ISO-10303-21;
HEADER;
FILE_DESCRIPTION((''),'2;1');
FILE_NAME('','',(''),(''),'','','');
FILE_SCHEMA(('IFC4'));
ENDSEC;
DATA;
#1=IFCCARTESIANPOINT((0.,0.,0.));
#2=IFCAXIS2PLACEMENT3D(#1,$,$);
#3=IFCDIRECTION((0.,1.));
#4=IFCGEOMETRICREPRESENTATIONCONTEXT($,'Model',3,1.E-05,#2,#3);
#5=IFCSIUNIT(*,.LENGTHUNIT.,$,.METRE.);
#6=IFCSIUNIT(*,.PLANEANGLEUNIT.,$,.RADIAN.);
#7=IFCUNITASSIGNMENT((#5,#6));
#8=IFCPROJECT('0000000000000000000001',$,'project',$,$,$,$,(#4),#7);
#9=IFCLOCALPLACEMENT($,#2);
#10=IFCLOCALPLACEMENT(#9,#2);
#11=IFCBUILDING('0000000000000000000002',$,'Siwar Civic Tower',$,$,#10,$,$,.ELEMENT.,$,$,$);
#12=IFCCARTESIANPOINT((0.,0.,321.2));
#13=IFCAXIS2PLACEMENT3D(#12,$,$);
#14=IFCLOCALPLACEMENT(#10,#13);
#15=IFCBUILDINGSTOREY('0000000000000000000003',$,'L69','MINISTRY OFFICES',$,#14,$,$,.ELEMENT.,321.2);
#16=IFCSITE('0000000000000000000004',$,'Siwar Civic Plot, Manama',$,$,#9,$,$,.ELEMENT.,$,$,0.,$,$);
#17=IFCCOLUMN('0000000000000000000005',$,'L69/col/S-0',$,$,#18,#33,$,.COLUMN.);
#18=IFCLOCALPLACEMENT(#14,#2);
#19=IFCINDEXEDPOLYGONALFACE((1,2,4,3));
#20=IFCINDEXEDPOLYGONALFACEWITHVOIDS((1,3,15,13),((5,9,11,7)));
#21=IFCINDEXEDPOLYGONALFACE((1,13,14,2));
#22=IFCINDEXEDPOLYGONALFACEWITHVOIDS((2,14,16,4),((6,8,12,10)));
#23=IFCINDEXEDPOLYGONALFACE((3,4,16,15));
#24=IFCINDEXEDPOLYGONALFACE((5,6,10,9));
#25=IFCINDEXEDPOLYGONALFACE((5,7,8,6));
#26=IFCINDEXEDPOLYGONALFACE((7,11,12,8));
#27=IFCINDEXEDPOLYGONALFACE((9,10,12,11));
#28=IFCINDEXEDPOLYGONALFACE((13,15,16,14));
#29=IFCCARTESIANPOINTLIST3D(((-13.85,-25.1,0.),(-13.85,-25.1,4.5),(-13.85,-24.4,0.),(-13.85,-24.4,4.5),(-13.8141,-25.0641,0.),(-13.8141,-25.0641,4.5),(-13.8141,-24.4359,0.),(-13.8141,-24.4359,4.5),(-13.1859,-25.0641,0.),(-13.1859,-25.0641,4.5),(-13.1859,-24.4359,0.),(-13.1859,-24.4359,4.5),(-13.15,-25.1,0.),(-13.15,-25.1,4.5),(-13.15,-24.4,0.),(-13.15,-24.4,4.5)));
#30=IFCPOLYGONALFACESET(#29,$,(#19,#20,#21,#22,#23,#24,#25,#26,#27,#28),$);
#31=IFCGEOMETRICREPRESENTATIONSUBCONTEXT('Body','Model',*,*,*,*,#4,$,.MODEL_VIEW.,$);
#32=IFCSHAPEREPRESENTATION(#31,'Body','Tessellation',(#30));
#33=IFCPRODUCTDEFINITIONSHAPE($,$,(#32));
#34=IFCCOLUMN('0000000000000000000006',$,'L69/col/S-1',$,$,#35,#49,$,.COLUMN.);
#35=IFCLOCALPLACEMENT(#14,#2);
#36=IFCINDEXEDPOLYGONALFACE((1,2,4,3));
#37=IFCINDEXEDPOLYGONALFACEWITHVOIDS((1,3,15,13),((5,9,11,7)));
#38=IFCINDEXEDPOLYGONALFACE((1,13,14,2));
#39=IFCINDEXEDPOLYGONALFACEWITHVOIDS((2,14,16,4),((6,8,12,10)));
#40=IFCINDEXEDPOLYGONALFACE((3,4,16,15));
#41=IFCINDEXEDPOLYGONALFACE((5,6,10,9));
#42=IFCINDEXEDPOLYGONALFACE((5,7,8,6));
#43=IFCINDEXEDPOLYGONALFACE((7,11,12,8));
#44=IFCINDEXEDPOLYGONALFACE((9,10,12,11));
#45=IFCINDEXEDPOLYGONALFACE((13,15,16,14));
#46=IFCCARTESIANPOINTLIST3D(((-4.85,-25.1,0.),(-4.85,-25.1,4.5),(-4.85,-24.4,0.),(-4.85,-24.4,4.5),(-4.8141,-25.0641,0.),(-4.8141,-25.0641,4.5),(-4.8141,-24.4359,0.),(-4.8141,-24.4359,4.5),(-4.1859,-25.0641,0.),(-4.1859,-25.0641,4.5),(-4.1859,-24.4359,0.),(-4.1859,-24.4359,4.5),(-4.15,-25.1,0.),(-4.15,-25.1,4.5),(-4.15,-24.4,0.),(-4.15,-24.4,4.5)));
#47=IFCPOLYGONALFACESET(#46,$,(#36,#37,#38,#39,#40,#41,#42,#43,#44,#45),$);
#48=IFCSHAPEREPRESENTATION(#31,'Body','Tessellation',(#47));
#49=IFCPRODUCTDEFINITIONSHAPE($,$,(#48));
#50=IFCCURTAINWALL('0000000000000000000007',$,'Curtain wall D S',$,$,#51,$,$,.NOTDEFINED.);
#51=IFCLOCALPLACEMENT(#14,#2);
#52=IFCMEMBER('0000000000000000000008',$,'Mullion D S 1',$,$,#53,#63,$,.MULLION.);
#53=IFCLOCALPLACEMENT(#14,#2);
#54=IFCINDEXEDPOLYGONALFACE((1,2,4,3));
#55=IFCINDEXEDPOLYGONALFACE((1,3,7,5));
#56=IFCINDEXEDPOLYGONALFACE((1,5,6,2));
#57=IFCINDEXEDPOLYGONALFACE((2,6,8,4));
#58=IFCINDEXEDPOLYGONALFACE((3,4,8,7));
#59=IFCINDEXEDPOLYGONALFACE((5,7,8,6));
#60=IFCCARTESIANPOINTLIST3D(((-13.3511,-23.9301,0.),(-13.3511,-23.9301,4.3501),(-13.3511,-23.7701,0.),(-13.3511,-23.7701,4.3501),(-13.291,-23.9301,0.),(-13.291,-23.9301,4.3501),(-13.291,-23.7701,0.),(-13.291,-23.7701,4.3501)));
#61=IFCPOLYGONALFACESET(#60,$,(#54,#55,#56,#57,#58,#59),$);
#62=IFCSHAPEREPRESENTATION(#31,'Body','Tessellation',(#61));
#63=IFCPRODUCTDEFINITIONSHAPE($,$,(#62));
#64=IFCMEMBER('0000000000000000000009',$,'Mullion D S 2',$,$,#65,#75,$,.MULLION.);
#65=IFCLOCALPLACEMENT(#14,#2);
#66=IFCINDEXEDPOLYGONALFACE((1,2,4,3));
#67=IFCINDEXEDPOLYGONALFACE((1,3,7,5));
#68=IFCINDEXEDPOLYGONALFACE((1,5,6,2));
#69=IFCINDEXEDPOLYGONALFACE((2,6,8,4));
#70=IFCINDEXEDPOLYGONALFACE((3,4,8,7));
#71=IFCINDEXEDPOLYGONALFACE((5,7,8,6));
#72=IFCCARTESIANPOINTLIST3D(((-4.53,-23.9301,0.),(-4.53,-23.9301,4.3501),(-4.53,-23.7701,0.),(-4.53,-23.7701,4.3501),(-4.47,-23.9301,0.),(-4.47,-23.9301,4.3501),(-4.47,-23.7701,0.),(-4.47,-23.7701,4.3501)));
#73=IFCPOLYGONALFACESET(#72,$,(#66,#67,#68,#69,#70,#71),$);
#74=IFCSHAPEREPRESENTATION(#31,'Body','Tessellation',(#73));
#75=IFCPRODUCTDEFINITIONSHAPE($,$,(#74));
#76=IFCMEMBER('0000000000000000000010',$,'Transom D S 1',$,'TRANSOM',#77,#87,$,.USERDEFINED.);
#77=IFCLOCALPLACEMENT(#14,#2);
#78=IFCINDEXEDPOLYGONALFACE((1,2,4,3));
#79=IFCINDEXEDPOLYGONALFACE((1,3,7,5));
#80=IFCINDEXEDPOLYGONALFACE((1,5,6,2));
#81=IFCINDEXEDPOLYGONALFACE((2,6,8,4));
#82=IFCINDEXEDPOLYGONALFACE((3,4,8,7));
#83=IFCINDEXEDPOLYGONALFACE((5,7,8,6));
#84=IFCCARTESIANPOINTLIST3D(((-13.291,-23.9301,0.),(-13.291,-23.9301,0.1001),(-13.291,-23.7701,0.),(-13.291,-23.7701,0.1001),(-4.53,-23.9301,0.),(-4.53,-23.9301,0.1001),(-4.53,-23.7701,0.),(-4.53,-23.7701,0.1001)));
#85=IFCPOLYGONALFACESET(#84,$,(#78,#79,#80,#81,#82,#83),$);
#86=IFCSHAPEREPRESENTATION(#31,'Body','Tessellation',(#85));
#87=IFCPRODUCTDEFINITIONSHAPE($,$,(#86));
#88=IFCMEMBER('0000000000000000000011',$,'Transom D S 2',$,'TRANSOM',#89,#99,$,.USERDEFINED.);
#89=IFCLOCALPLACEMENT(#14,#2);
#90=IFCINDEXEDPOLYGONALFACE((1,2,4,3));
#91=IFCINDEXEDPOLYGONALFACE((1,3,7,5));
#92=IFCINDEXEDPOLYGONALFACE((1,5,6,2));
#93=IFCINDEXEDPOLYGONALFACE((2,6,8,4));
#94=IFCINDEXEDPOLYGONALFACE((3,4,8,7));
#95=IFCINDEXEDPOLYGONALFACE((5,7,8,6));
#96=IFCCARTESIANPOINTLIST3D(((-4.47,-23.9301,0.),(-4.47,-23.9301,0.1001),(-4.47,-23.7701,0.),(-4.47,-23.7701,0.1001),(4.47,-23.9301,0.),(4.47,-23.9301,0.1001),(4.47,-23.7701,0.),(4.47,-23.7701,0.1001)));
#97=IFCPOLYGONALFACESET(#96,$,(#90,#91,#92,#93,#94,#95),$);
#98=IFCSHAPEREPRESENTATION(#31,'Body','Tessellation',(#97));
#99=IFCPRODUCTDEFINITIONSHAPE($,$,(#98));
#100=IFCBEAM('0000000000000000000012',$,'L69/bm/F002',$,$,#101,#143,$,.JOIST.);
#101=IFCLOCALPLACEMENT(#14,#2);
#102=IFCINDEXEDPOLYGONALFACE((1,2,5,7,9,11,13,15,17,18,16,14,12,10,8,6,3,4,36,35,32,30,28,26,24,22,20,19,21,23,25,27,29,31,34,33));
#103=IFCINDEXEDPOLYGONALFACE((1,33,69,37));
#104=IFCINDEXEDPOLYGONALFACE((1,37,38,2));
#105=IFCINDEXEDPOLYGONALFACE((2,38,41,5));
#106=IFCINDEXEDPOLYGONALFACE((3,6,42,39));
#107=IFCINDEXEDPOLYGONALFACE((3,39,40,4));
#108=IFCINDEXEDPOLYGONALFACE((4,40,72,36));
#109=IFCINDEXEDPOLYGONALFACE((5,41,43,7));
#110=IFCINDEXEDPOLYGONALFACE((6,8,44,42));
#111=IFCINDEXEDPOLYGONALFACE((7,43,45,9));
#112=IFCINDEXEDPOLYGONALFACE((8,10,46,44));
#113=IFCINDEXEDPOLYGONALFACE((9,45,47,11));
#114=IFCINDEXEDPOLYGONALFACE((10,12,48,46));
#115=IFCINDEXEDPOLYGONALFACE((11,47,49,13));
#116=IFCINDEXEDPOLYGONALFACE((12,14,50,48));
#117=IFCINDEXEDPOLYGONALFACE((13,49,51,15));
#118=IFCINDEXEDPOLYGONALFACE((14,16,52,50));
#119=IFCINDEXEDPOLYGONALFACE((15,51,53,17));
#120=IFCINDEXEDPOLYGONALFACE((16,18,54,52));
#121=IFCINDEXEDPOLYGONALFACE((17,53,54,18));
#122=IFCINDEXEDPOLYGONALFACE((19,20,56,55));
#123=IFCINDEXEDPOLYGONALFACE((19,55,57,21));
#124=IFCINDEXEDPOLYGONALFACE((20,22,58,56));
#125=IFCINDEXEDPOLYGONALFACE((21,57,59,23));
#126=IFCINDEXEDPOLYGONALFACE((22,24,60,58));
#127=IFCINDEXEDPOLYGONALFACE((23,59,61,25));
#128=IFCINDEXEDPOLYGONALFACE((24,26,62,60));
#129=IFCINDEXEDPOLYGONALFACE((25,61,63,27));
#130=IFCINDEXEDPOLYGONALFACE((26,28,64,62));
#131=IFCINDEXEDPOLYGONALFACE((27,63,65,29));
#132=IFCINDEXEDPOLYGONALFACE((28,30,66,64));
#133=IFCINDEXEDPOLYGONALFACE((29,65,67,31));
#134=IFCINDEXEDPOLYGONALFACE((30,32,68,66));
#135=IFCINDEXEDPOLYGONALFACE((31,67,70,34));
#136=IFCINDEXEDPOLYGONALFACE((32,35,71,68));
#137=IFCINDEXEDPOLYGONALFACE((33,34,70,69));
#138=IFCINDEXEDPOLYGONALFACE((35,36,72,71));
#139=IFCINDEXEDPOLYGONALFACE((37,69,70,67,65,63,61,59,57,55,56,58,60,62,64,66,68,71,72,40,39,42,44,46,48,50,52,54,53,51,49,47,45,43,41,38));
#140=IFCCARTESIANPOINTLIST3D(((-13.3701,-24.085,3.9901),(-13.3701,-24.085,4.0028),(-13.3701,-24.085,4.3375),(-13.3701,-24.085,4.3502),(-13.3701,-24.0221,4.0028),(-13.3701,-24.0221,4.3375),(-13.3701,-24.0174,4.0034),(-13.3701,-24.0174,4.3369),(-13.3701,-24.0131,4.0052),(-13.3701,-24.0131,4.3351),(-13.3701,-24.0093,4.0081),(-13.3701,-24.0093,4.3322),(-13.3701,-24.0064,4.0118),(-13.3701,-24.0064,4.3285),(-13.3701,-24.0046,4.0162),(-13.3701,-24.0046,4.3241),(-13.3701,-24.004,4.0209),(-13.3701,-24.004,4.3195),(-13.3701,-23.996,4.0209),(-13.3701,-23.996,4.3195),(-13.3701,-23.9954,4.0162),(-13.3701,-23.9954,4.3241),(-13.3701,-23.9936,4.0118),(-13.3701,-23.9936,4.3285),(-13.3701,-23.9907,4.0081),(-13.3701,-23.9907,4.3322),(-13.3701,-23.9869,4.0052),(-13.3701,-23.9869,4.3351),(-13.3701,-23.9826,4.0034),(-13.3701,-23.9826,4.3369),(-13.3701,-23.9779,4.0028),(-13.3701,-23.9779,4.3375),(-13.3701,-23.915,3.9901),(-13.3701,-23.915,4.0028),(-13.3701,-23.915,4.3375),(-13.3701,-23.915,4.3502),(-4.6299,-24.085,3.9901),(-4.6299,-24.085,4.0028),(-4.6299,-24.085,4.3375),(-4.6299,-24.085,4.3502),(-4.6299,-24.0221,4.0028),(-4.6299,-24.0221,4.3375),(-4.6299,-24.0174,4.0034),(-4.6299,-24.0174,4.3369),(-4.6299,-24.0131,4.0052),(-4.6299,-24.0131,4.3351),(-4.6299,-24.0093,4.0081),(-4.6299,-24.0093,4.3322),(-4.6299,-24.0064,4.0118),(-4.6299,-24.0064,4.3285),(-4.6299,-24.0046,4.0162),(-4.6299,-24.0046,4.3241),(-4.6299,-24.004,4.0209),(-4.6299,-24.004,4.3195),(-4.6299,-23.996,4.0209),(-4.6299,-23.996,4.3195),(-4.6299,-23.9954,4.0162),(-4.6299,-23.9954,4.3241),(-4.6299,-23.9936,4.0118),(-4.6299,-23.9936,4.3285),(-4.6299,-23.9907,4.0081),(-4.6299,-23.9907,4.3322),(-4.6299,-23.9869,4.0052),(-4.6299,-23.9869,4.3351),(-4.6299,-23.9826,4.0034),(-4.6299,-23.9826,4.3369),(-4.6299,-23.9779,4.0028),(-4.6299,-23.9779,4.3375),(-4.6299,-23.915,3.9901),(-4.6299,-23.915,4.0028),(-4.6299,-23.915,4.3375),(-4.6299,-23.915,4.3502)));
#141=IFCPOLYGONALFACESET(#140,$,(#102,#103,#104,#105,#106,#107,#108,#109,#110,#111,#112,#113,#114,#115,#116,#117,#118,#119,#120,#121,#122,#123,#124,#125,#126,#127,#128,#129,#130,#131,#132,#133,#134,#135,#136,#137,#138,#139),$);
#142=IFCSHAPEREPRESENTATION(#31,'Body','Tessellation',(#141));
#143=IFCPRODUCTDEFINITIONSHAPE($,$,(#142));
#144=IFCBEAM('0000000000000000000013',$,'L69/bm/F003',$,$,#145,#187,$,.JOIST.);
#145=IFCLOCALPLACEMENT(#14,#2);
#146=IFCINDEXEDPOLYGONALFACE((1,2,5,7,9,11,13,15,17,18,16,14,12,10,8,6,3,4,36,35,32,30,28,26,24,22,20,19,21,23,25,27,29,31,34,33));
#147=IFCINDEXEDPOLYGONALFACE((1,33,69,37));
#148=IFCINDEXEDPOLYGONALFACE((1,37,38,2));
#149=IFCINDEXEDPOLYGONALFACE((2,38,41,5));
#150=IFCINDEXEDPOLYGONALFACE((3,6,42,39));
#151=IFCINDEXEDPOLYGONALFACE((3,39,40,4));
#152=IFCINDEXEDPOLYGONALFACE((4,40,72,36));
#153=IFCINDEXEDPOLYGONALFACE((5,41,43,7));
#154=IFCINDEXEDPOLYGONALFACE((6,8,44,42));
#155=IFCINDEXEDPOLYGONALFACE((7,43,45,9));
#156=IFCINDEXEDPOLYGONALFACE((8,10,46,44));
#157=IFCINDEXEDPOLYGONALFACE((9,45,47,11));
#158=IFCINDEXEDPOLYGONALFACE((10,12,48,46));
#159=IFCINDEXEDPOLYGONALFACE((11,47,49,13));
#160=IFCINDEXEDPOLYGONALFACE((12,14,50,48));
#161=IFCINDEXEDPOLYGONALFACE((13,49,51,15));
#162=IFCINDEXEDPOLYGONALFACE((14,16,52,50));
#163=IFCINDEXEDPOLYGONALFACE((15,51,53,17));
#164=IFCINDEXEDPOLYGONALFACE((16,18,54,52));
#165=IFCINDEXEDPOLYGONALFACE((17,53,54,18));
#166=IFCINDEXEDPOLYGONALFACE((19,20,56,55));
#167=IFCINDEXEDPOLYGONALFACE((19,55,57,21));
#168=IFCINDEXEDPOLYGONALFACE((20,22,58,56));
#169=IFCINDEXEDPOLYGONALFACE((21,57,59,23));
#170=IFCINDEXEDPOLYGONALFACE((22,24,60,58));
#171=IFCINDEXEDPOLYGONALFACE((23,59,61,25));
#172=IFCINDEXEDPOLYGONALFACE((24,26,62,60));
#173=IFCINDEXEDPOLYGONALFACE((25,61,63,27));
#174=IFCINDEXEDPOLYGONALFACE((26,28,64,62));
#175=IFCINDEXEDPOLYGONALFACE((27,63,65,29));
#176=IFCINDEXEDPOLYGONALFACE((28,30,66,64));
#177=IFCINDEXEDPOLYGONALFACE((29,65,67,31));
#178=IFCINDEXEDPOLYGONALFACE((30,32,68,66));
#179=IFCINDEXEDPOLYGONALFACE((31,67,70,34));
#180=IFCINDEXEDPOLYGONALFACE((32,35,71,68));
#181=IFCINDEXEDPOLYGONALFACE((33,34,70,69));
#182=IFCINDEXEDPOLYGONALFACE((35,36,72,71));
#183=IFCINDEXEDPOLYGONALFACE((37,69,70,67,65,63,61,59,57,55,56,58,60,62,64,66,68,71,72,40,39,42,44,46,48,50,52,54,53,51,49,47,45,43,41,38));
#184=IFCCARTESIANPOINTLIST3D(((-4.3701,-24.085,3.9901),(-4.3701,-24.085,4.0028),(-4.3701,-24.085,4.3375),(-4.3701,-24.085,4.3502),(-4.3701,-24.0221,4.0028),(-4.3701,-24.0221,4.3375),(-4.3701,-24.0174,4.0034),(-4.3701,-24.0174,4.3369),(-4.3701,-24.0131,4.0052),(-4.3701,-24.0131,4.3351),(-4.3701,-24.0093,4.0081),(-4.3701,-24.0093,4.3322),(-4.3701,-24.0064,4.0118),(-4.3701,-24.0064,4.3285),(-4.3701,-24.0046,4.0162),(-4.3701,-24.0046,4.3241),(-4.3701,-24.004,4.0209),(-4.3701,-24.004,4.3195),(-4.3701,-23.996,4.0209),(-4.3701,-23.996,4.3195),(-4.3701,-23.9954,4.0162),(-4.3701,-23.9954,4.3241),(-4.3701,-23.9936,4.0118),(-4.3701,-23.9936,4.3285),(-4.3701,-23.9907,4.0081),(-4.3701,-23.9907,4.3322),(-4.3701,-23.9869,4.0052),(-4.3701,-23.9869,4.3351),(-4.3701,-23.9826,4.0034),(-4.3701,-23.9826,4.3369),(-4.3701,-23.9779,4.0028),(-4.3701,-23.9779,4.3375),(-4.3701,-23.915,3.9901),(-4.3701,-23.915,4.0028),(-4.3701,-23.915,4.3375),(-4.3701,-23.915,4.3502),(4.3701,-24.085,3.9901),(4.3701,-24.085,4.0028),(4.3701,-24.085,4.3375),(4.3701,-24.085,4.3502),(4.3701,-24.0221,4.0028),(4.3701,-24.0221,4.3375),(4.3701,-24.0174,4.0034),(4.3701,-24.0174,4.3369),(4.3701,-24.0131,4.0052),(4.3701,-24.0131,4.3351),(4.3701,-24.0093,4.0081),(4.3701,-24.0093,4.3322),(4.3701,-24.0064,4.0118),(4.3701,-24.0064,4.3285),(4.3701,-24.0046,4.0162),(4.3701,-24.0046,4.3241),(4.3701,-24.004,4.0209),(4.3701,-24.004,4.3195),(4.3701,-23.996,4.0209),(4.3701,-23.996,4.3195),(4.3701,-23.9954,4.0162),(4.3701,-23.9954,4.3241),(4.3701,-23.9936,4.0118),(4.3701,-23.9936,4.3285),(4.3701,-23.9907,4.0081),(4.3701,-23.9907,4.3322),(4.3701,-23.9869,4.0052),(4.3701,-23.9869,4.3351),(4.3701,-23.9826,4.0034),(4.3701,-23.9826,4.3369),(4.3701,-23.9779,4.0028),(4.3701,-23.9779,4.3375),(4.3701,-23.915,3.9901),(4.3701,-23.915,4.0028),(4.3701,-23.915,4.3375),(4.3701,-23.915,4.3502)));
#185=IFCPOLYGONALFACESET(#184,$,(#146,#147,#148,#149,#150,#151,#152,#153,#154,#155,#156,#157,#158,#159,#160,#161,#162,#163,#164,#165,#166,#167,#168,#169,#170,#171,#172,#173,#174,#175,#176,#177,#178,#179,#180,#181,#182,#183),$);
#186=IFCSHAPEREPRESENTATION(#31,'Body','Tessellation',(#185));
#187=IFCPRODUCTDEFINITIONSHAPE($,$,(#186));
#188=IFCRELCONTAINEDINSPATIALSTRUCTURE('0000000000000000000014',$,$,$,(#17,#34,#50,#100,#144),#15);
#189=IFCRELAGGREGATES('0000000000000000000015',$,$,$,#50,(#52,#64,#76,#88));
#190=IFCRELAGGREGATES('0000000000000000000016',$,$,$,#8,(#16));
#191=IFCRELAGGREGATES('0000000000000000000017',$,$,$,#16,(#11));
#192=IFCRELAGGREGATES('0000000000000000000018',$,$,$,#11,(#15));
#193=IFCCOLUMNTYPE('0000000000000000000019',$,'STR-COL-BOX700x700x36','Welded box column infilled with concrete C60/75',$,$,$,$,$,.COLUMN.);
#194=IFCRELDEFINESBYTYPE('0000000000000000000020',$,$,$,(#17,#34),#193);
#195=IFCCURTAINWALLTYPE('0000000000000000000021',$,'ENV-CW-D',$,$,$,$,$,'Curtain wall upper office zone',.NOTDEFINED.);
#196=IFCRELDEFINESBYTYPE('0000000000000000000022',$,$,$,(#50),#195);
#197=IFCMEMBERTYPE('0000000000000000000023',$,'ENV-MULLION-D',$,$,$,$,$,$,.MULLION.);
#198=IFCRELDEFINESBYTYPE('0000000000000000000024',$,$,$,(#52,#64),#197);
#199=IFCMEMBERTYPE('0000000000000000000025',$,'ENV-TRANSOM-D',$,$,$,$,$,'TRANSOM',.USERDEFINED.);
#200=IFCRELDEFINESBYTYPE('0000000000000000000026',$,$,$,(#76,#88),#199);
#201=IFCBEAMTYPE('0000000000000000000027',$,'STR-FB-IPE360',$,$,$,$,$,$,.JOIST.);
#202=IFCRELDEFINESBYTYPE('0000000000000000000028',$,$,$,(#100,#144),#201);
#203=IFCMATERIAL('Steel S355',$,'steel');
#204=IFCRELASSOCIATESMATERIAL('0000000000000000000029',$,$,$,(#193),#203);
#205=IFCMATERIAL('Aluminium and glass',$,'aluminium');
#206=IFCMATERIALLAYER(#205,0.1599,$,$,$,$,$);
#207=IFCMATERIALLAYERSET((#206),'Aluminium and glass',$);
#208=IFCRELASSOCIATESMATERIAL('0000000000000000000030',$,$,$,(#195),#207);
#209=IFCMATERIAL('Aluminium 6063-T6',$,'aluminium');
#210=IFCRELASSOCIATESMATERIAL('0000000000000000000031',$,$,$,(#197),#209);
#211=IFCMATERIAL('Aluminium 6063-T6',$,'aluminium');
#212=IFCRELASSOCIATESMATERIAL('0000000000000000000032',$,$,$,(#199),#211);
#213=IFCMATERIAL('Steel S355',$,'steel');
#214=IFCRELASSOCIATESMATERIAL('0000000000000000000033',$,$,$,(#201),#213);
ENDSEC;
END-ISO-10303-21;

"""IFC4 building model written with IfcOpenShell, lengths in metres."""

from ifc_helpers import new_model, si_unit, direction, frame, origin, origin_2d, place, context, subcontext, project, spatial, rectangle, hollow_rectangle, i_section, extrude, material, layer, layer_set, material_profile, profile_set, type_object, element, aggregate, save


model = new_model("IFC4")

# Units and contexts
model_context = context("Model", 3, precision=1e-05, world=origin(), true_north=direction((0.0, 1.0)))
body_context = subcontext(model_context, "Body", "Model", "MODEL_VIEW")
ifc_project = project(units=[si_unit("LENGTHUNIT", "METRE"), si_unit("PLANEANGLEUNIT", "RADIAN")], contexts=[model_context])

# Site, building, storey
site_placement = place(None, origin())
site = spatial("IfcSite", under=ifc_project, at=site_placement, Name="Siwar Civic Plot, Manama", CompositionType="ELEMENT", RefElevation=0.0)
building_placement = place(site_placement, origin())
building = spatial("IfcBuilding", under=site, at=building_placement, Name="Siwar Civic Tower", CompositionType="ELEMENT")
storey_placement = place(building_placement, frame((0.0, 0.0, 321.2)))
storey = spatial("IfcBuildingStorey", under=building, at=storey_placement, Name="L69", Description="MINISTRY OFFICES", CompositionType="ELEMENT", Elevation=321.2)

# Columns
ifc_material_1 = material(Name="Steel S355", Category="steel")
ifc_material_profile_1 = material_profile(ifc_material_1, hollow_rectangle(XDim=0.7, YDim=0.7, WallThickness=0.0359, at=origin_2d()), Name="BOX700x700x36")
ifc_profile_set_1 = profile_set([ifc_material_profile_1], Name="Steel S355")
column_type = type_object("IfcColumnType", Name="STR-COL-BOX700x700x36", Description="Welded box column infilled with concrete C60/75", PredefinedType="COLUMN", material=ifc_profile_set_1)
for number, where, z_axis, x_axis, name in (
    (1, (-13.5, -24.75, 0.0), (0.0, 0.0, 1.0), (1.0, 0.0, 0.0), "L69/col/S-0"),
    (2, (-4.5, -24.75, 0.0), (0.0, 0.0, 1.0), (1.0, 0.0, 0.0), "L69/col/S-1"),
):
    element("IfcColumn", number, at=place(storey_placement, frame(where, z_axis=z_axis, x_axis=x_axis)), inside=storey, type_object=column_type, Name=name, PredefinedType="COLUMN", context=body_context, shape_type="SweptSolid", body=[
        extrude(hollow_rectangle(XDim=0.7, YDim=0.7, WallThickness=0.0359, at=origin_2d()), origin(), (0.0, 0.0, 1.0), 4.5),
    ])

# Curtain wall, members
ifc_material_2 = material(Name="Aluminium and glass", Category="aluminium")
ifc_layer_1 = layer(ifc_material_2, 0.1599)
ifc_layer_set_1 = layer_set([ifc_layer_1], Name="Aluminium and glass")
curtain_wall_type = type_object("IfcCurtainWallType", Name="ENV-CW-D", ElementType="Curtain wall upper office zone", PredefinedType="NOTDEFINED", material=ifc_layer_set_1)
curtain_wall_placement = place(storey_placement, origin())
curtain_wall = element("IfcCurtainWall", 3, at=curtain_wall_placement, inside=storey, type_object=curtain_wall_type, Name="Curtain wall D S", PredefinedType="NOTDEFINED")
ifc_material_3 = material(Name="Aluminium 6063-T6", Category="aluminium")
ifc_material_profile_2 = material_profile(ifc_material_3, rectangle(XDim=0.1599, YDim=0.0601, at=origin_2d()), Name="AL 160x60")
ifc_profile_set_2 = profile_set([ifc_material_profile_2], Name="Aluminium 6063-T6")
member_type_1 = type_object("IfcMemberType", Name="ENV-MULLION-D", PredefinedType="MULLION", material=ifc_profile_set_2)
member_1_placement = place(storey_placement, frame((-13.321, -23.8501, 0.0), z_axis=(0.0, 0.0, 1.0), x_axis=(0.0, 1.0, 0.0)))
member_1 = element("IfcMember", 4, at=member_1_placement, type_object=member_type_1, Name="Mullion D S 1", PredefinedType="MULLION", context=body_context, shape_type="SweptSolid", body=[
    extrude(rectangle(XDim=0.1599, YDim=0.0601, at=origin_2d()), origin(), (0.0, 0.0, 1.0), 4.3501),
])
member_2_placement = place(storey_placement, frame((-4.5, -23.8501, 0.0), z_axis=(0.0, 0.0, 1.0), x_axis=(0.0, 1.0, 0.0)))
member_2 = element("IfcMember", 5, at=member_2_placement, type_object=member_type_1, Name="Mullion D S 2", PredefinedType="MULLION", context=body_context, shape_type="SweptSolid", body=[
    extrude(rectangle(XDim=0.1599, YDim=0.0601, at=origin_2d()), origin(), (0.0, 0.0, 1.0), 4.3501),
])
ifc_material_4 = material(Name="Aluminium 6063-T6", Category="aluminium")
ifc_material_profile_3 = material_profile(ifc_material_4, rectangle(XDim=0.1599, YDim=0.1001, at=origin_2d()), Name="AL 160x100")
ifc_profile_set_3 = profile_set([ifc_material_profile_3], Name="Aluminium 6063-T6")
member_type_2 = type_object("IfcMemberType", Name="ENV-TRANSOM-D", ElementType="TRANSOM", PredefinedType="USERDEFINED", material=ifc_profile_set_3)
member_3_placement = place(storey_placement, frame((-13.291, -23.8501, 0.05), z_axis=(1.0, 0.0, 0.0), x_axis=(0.0, 1.0, 0.0)))
member_3 = element("IfcMember", 6, at=member_3_placement, type_object=member_type_2, Name="Transom D S 1", ObjectType="TRANSOM", PredefinedType="USERDEFINED", context=body_context, shape_type="SweptSolid", body=[
    extrude(rectangle(XDim=0.1599, YDim=0.1001, at=origin_2d()), origin(), (0.0, 0.0, 1.0), 8.761),
])
member_4_placement = place(storey_placement, frame((-4.47, -23.8501, 0.05), z_axis=(1.0, 0.0, 0.0), x_axis=(0.0, 1.0, 0.0)))
member_4 = element("IfcMember", 7, at=member_4_placement, type_object=member_type_2, Name="Transom D S 2", ObjectType="TRANSOM", PredefinedType="USERDEFINED", context=body_context, shape_type="SweptSolid", body=[
    extrude(rectangle(XDim=0.1599, YDim=0.1001, at=origin_2d()), origin(), (0.0, 0.0, 1.0), 8.9399),
])

# Beams
ifc_material_5 = material(Name="Steel S355", Category="steel")
ifc_material_profile_4 = material_profile(ifc_material_5, i_section(OverallWidth=0.1699, OverallDepth=0.3601, WebThickness=0.0081, FlangeThickness=0.0127, FilletRadius=0.0181, at=origin_2d()), Name="IPE360")
ifc_profile_set_4 = profile_set([ifc_material_profile_4], Name="Steel S355")
beam_type_1 = type_object("IfcBeamType", Name="STR-FB-IPE360", PredefinedType="JOIST", material=ifc_profile_set_4)
for number, where, z_axis, x_axis, name in (
    (8, (-13.3701, -24.0, 4.1702), (1.0, 0.0, 0.0), (0.0, 1.0, 0.0), "L69/bm/F002"),
    (9, (-4.3701, -24.0, 4.1702), (1.0, 0.0, 0.0), (0.0, 1.0, 0.0), "L69/bm/F003"),
):
    element("IfcBeam", number, at=place(storey_placement, frame(where, z_axis=z_axis, x_axis=x_axis)), inside=storey, type_object=beam_type_1, Name=name, PredefinedType="JOIST", context=body_context, shape_type="SweptSolid", body=[
        extrude(i_section(OverallWidth=0.1699, OverallDepth=0.3601, WebThickness=0.0081, FlangeThickness=0.0127, FilletRadius=0.0181, at=origin_2d()), origin(), (0.0, 0.0, 1.0), 8.7402),
    ])

aggregate(curtain_wall, [member_1, member_2, member_3, member_4])

save(model, "model.ifc")
